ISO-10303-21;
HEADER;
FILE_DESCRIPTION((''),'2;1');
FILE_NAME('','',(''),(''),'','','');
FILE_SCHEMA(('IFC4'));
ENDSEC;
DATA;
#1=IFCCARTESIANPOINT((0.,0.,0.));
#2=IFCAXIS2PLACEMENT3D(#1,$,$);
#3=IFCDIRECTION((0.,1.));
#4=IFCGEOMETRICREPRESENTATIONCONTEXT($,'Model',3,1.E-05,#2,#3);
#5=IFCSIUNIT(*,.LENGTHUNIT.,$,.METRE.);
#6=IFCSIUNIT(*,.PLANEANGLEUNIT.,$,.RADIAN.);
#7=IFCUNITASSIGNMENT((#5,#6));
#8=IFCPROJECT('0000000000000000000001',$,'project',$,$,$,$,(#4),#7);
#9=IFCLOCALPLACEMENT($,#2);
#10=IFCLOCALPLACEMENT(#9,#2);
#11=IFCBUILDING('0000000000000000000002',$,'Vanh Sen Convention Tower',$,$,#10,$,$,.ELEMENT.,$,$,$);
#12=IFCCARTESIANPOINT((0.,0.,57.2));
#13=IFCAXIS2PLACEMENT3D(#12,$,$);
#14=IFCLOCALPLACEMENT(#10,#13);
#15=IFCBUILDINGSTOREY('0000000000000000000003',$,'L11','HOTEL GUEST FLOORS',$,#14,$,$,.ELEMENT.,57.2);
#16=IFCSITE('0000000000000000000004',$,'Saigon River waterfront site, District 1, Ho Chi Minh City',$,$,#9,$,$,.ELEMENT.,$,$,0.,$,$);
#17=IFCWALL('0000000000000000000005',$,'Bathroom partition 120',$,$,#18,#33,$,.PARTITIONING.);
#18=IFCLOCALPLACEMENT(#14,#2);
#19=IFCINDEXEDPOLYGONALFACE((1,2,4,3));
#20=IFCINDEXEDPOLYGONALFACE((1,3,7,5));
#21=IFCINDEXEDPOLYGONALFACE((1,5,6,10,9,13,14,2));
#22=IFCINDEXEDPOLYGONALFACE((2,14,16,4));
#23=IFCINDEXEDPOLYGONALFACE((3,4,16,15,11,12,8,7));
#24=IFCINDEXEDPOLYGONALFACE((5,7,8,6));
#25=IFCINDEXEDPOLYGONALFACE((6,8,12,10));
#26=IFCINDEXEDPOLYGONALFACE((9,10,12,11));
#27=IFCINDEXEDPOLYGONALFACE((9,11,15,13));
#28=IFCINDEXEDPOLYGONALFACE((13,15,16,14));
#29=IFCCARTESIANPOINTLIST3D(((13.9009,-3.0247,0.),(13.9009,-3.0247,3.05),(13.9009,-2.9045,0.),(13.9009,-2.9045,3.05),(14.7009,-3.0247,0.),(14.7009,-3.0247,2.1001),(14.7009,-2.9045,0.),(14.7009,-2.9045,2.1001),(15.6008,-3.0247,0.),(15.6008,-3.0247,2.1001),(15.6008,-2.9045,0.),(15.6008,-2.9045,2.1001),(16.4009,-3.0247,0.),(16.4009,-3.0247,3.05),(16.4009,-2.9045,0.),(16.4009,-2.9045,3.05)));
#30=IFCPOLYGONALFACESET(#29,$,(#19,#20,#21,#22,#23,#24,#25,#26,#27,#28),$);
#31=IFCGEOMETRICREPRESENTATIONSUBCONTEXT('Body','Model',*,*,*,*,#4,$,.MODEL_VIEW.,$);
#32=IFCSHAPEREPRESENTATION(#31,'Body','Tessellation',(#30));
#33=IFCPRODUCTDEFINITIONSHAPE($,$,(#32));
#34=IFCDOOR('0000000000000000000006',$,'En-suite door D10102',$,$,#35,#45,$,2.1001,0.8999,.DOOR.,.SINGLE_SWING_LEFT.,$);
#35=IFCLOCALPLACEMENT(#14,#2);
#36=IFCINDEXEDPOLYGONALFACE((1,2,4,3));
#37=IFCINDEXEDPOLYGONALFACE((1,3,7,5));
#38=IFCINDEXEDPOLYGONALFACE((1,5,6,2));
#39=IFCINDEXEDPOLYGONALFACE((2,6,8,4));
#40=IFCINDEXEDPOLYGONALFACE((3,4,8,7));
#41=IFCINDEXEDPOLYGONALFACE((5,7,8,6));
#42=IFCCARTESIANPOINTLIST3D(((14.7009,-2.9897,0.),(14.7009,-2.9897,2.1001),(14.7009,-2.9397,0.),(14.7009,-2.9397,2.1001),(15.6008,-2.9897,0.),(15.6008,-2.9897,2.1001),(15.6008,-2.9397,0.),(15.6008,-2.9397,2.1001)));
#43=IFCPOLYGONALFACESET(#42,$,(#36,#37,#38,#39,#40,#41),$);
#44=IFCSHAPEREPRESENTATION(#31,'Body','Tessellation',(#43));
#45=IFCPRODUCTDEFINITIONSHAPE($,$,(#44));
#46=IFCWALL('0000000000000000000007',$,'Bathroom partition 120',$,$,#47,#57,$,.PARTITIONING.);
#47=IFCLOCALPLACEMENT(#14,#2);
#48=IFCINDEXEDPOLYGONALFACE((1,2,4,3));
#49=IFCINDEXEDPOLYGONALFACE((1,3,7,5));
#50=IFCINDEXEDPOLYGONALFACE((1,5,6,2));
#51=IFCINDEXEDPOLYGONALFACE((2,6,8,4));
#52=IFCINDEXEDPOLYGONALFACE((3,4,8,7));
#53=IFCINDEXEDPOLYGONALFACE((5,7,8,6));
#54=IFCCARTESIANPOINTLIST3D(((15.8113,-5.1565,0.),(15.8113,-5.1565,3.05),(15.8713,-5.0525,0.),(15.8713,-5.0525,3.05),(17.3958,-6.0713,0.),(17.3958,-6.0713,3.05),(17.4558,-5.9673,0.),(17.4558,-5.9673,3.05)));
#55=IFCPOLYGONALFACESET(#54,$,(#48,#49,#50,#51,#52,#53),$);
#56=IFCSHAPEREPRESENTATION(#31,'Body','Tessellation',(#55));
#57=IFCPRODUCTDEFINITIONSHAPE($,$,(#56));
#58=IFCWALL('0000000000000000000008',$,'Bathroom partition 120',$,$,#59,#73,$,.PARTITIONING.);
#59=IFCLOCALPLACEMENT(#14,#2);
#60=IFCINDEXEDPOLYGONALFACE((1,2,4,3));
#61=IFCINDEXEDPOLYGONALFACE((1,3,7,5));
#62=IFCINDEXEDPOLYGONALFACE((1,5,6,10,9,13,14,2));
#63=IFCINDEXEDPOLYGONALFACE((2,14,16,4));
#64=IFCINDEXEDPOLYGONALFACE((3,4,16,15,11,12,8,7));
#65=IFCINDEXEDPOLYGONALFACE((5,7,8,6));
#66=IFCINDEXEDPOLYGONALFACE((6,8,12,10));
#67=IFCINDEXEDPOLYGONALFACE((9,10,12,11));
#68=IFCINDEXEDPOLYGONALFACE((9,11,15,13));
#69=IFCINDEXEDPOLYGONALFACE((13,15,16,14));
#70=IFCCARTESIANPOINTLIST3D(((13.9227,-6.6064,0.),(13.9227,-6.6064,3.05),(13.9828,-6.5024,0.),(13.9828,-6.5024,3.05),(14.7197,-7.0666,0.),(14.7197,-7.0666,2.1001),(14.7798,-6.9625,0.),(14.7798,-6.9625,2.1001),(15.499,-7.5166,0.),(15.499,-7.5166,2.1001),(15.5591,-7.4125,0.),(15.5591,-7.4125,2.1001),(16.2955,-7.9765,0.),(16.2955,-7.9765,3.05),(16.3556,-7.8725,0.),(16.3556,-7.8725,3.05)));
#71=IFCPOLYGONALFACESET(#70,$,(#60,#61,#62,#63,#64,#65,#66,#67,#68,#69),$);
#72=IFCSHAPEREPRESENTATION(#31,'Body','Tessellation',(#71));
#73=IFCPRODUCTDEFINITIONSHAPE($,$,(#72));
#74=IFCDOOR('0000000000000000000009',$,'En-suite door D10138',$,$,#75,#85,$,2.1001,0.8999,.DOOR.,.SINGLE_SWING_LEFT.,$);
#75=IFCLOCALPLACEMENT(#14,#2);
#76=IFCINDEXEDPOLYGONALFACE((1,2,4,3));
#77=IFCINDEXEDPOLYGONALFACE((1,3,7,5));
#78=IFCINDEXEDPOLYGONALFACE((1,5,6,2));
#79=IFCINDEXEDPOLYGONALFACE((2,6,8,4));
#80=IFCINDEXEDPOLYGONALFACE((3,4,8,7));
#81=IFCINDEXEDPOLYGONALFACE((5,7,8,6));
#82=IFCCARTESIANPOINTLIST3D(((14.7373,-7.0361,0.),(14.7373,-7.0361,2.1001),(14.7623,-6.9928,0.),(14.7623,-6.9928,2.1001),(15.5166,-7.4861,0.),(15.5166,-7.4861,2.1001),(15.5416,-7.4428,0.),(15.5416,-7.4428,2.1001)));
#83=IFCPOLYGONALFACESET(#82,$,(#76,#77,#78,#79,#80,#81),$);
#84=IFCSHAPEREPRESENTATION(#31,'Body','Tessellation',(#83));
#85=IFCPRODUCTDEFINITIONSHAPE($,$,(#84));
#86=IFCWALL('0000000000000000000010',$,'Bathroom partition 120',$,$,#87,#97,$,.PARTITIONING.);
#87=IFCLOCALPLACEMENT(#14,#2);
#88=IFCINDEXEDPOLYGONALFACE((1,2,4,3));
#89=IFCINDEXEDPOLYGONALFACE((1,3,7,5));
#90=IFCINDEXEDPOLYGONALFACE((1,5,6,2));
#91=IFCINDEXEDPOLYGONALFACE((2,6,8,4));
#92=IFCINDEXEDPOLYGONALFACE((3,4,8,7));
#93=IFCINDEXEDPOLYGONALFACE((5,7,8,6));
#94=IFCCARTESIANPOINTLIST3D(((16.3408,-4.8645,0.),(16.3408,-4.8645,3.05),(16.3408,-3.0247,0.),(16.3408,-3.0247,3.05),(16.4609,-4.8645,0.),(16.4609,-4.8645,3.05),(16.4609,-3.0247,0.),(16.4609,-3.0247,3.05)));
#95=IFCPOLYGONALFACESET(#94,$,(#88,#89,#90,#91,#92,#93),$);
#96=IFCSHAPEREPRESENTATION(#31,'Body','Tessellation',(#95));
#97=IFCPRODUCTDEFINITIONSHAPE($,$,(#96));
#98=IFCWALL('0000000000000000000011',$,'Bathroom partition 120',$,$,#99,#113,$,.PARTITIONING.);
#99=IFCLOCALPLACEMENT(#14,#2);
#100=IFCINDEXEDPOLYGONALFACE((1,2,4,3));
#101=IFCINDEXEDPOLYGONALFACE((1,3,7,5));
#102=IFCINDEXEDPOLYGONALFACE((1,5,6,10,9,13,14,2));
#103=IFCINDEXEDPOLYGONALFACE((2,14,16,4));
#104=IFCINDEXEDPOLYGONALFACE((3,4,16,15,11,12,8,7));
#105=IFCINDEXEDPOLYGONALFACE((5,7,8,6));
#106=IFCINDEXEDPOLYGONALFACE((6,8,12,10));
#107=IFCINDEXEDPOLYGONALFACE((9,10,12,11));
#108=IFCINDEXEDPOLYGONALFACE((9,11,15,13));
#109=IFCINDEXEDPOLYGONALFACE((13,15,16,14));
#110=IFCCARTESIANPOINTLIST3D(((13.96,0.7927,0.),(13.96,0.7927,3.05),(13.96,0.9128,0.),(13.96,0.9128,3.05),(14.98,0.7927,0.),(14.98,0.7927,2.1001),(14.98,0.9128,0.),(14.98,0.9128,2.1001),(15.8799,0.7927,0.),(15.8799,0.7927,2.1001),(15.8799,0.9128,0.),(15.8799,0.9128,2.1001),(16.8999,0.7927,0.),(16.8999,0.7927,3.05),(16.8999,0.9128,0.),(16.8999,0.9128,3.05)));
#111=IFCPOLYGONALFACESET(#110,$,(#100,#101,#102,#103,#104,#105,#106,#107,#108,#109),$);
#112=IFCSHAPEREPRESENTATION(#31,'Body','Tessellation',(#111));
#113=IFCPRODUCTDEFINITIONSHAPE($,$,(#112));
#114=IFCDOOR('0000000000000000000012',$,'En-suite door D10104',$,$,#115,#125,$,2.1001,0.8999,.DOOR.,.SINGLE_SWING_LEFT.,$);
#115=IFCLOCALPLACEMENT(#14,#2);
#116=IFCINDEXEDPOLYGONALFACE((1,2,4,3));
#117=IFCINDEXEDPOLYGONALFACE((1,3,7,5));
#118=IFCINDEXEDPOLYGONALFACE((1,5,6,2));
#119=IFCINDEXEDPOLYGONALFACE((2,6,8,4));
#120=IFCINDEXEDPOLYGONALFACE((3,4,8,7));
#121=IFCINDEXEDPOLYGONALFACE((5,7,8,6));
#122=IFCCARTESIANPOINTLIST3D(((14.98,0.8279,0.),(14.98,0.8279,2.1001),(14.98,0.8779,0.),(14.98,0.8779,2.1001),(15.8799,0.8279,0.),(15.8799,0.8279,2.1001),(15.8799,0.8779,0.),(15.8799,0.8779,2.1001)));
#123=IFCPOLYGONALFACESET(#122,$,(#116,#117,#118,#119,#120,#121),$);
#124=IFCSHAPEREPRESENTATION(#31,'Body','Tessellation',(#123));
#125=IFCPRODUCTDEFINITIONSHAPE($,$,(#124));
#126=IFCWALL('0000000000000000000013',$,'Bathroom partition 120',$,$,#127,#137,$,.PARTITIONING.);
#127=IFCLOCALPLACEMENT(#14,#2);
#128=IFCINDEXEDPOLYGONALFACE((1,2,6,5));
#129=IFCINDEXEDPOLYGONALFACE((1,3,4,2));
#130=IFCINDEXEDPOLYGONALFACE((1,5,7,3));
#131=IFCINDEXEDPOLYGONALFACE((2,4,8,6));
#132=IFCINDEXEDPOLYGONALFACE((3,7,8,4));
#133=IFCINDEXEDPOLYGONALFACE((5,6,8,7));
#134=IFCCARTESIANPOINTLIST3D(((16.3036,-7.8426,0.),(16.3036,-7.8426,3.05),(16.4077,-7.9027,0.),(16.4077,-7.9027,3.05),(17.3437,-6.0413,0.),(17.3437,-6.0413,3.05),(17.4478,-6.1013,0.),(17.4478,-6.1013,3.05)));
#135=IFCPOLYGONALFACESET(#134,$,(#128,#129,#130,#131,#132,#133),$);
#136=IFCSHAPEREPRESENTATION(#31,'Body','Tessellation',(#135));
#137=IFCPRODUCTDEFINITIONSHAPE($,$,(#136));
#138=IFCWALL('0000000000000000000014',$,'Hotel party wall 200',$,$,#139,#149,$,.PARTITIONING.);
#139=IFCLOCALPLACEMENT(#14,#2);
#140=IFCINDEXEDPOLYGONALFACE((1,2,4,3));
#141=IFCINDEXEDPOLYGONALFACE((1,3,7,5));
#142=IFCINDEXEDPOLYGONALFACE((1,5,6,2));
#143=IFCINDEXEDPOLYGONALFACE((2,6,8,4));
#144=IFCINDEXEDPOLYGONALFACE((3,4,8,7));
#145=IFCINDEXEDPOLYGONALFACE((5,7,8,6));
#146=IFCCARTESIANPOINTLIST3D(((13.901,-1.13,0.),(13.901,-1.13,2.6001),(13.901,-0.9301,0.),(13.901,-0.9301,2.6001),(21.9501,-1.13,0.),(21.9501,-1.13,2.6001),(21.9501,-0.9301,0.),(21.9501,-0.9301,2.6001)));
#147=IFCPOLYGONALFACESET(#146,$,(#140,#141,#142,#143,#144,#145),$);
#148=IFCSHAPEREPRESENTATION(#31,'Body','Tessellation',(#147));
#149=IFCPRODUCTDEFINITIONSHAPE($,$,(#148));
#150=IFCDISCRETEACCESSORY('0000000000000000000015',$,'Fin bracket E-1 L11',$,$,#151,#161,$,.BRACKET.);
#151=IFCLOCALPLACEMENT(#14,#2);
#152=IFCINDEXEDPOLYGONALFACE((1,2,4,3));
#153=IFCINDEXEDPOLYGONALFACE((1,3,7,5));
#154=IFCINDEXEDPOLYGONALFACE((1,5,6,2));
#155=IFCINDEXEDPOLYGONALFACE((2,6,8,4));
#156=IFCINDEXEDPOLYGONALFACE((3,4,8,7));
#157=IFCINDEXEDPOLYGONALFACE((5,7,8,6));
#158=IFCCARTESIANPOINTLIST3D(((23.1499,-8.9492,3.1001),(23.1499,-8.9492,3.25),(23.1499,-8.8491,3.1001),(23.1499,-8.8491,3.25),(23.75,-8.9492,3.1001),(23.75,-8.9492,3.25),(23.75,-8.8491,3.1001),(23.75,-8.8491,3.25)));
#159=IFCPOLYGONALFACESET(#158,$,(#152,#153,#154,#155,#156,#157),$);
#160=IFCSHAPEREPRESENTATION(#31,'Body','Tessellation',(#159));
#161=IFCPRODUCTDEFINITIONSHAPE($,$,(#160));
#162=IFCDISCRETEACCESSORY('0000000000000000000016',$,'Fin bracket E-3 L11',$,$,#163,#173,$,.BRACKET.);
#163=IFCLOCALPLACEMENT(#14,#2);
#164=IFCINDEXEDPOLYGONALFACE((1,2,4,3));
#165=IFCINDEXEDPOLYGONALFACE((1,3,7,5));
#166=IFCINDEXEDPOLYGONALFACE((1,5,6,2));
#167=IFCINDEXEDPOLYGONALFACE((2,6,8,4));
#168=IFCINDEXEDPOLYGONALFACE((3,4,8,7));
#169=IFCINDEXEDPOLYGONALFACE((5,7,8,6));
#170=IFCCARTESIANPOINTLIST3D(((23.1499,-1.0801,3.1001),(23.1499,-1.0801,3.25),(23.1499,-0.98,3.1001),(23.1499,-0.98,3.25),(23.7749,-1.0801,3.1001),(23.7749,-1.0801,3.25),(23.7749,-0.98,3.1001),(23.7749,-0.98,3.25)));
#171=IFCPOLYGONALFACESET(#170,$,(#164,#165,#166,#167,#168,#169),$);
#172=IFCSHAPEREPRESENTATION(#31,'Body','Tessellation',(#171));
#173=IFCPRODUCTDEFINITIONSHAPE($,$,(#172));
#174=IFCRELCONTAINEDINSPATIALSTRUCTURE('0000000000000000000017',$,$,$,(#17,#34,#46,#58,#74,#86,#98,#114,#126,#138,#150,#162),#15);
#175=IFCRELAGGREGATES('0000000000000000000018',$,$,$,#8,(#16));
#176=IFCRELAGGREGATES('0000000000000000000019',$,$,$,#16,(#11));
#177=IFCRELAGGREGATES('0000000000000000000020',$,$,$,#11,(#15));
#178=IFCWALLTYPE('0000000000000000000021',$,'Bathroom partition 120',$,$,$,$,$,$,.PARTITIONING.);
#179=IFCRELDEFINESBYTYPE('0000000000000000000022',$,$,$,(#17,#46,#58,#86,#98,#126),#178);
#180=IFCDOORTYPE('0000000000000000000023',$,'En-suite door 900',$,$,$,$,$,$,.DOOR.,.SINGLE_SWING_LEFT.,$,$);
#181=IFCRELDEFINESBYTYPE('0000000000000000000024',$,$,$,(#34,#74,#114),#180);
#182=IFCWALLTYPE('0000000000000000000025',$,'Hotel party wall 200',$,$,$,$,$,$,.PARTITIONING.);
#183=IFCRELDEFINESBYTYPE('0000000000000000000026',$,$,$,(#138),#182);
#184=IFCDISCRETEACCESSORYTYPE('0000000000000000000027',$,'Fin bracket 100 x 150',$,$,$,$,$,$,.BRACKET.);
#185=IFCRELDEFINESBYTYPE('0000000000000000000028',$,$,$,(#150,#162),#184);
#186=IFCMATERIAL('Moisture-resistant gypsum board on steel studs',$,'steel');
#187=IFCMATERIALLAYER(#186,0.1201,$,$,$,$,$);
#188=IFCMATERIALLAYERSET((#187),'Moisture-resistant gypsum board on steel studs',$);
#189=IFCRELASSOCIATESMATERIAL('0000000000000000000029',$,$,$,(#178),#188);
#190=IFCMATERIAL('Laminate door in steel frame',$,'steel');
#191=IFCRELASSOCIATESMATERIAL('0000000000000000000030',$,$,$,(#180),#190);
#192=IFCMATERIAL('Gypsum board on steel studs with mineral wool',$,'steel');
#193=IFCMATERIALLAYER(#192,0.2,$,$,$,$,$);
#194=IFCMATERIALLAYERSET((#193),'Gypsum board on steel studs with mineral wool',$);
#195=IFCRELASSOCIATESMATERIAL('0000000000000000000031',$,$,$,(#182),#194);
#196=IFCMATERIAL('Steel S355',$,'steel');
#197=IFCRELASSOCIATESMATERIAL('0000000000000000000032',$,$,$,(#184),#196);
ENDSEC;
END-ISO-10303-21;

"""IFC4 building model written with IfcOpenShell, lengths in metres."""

from ifc_helpers import new_model, si_unit, direction, frame, frame_2d, origin, origin_2d, place, context, subcontext, project, spatial, rectangle, extrude, material, layer, layer_set, type_object, element, fill, save


model = new_model("IFC4")

# Units and contexts
model_context = context("Model", 3, precision=1e-05, world=origin(), true_north=direction((0.0, 1.0)))
body_context = subcontext(model_context, "Body", "Model", "MODEL_VIEW")
ifc_project = project(units=[si_unit("LENGTHUNIT", "METRE"), si_unit("PLANEANGLEUNIT", "RADIAN")], contexts=[model_context])

# Site, building, storey
site_placement = place(None, origin())
site = spatial("IfcSite", under=ifc_project, at=site_placement, Name="Saigon River waterfront site, District 1, Ho Chi Minh City", CompositionType="ELEMENT", RefElevation=0.0)
building_placement = place(site_placement, origin())
building = spatial("IfcBuilding", under=site, at=building_placement, Name="Vanh Sen Convention Tower", CompositionType="ELEMENT")
storey_placement = place(building_placement, frame((0.0, 0.0, 57.2)))
storey = spatial("IfcBuildingStorey", under=building, at=storey_placement, Name="L11", Description="HOTEL GUEST FLOORS", CompositionType="ELEMENT", Elevation=57.2)

# Wall, opening, door
ifc_material_1 = material(Name="Moisture-resistant gypsum board on steel studs", Category="steel")
ifc_layer_1 = layer(ifc_material_1, 0.1201)
ifc_layer_set_1 = layer_set([ifc_layer_1], Name="Moisture-resistant gypsum board on steel studs")
wall_type_1 = type_object("IfcWallType", Name="Bathroom partition 120", PredefinedType="PARTITIONING", material=ifc_layer_set_1)
wall_1_placement = place(storey_placement, frame((13.9009, -2.9646, 0.0), z_axis=(0.0, 0.0, 1.0), x_axis=(1.0, 0.0, 0.0)))
wall_1 = element("IfcWall", 1, at=wall_1_placement, inside=storey, type_object=wall_type_1, Name="Bathroom partition 120", PredefinedType="PARTITIONING", context=body_context, shape_type="SweptSolid", body=[
    extrude(rectangle(XDim=2.5, YDim=0.1201, at=frame_2d((1.25, 0.0))), origin(), (0.0, 0.0, 1.0), 3.05),
])
opening_1_placement = place(wall_1_placement, frame((0.8, 0.0, 0.0)))
opening_1 = element("IfcOpeningElement", 2, at=opening_1_placement, cuts=wall_1, PredefinedType="OPENING", context=body_context, shape_type="SweptSolid", body=[
    extrude(rectangle(XDim=0.8999, YDim=2.1001, at=frame_2d((0.45, 1.05))), frame((0.0, 0.0701, 0.0), z_axis=(0.0, -1.0, 0.0), x_axis=(1.0, 0.0, 0.0)), (0.0, 0.0, 1.0), 0.1401),
])
ifc_material_2 = material(Name="Laminate door in steel frame", Category="steel")
door_type = type_object("IfcDoorType", Name="En-suite door 900", OperationType="SINGLE_SWING_LEFT", PredefinedType="DOOR", material=ifc_material_2)
door_1_placement = place(opening_1_placement, origin())
door_1 = element("IfcDoor", 3, at=door_1_placement, inside=storey, type_object=door_type, Name="En-suite door D10102", OperationType="SINGLE_SWING_LEFT", OverallHeight=2.1001, OverallWidth=0.8999, PredefinedType="DOOR", context=body_context, shape_type="SweptSolid", body=[
    extrude(rectangle(XDim=0.8999, YDim=2.1001, at=frame_2d((0.45, 1.05))), frame((0.0, 0.0249, 0.0), z_axis=(0.0, -1.0, 0.0), x_axis=(1.0, 0.0, 0.0)), (0.0, 0.0, 1.0), 0.05),
])
fill(opening_1, door_1)

# Wall
wall_2_placement = place(storey_placement, frame((15.8413, -5.1045, 0.0), z_axis=(0.0, 0.0, 1.0), x_axis=(0.866026, -0.5, 0.0)))
element("IfcWall", 4, at=wall_2_placement, inside=storey, type_object=wall_type_1, Name="Bathroom partition 120", PredefinedType="PARTITIONING", context=body_context, shape_type="SweptSolid", body=[
    extrude(rectangle(XDim=1.8296, YDim=0.1201, at=frame_2d((0.9148, 0.0))), origin(), (0.0, 0.0, 1.0), 3.05),
])

# Wall, opening, door
wall_3_placement = place(storey_placement, frame((16.3257, -7.9246, 0.0), z_axis=(0.0, 0.0, 1.0), x_axis=(-0.865997, 0.500049, 0.0)))
wall_3 = element("IfcWall", 5, at=wall_3_placement, inside=storey, type_object=wall_type_1, Name="Bathroom partition 120", PredefinedType="PARTITIONING", context=body_context, shape_type="SweptSolid", body=[
    extrude(rectangle(XDim=2.74, YDim=0.1201, at=frame_2d((1.3701, 0.0))), origin(), (0.0, 0.0, 1.0), 3.05),
])
opening_2_placement = place(wall_3_placement, frame((0.9199, 0.0, 0.0)))
opening_2 = element("IfcOpeningElement", 6, at=opening_2_placement, cuts=wall_3, PredefinedType="OPENING", context=body_context, shape_type="SweptSolid", body=[
    extrude(rectangle(XDim=0.8999, YDim=2.1001, at=frame_2d((0.45, 1.05))), frame((0.0, 0.0701, 0.0), z_axis=(0.0, -1.0, 0.0), x_axis=(1.0, 0.0, 0.0)), (0.0, 0.0, 1.0), 0.1401),
])
door_2_placement = place(opening_2_placement, origin())
door_2 = element("IfcDoor", 7, at=door_2_placement, inside=storey, type_object=door_type, Name="En-suite door D10138", OperationType="SINGLE_SWING_LEFT", OverallHeight=2.1001, OverallWidth=0.8999, PredefinedType="DOOR", context=body_context, shape_type="SweptSolid", body=[
    extrude(rectangle(XDim=0.8999, YDim=2.1001, at=frame_2d((0.45, 1.05))), frame((0.0, 0.0249, 0.0), z_axis=(0.0, -1.0, 0.0), x_axis=(1.0, 0.0, 0.0)), (0.0, 0.0, 1.0), 0.05),
])
fill(opening_2, door_2)

# Wall
wall_4_placement = place(storey_placement, frame((16.4009, -3.0247, 0.0), z_axis=(0.0, 0.0, 1.0), x_axis=(0.0, -1.0, 0.0)))
element("IfcWall", 8, at=wall_4_placement, inside=storey, type_object=wall_type_1, Name="Bathroom partition 120", PredefinedType="PARTITIONING", context=body_context, shape_type="SweptSolid", body=[
    extrude(rectangle(XDim=1.8398, YDim=0.1201, at=frame_2d((0.9199, 0.0))), origin(), (0.0, 0.0, 1.0), 3.05),
])

# Wall, opening, door
wall_5_placement = place(storey_placement, frame((16.8999, 0.8528, 0.0), z_axis=(0.0, 0.0, 1.0), x_axis=(-1.0, 0.0, 0.0)))
wall_5 = element("IfcWall", 9, at=wall_5_placement, inside=storey, type_object=wall_type_1, Name="Bathroom partition 120", PredefinedType="PARTITIONING", context=body_context, shape_type="SweptSolid", body=[
    extrude(rectangle(XDim=2.9399, YDim=0.1201, at=frame_2d((1.47, 0.0))), origin(), (0.0, 0.0, 1.0), 3.05),
])
opening_3_placement = place(wall_5_placement, frame((1.02, 0.0, 0.0)))
opening_3 = element("IfcOpeningElement", 10, at=opening_3_placement, cuts=wall_5, PredefinedType="OPENING", context=body_context, shape_type="SweptSolid", body=[
    extrude(rectangle(XDim=0.8999, YDim=2.1001, at=frame_2d((0.45, 1.05))), frame((0.0, 0.0701, 0.0), z_axis=(0.0, -1.0, 0.0), x_axis=(1.0, 0.0, 0.0)), (0.0, 0.0, 1.0), 0.1401),
])
door_3_placement = place(opening_3_placement, origin())
door_3 = element("IfcDoor", 11, at=door_3_placement, inside=storey, type_object=door_type, Name="En-suite door D10104", OperationType="SINGLE_SWING_LEFT", OverallHeight=2.1001, OverallWidth=0.8999, PredefinedType="DOOR", context=body_context, shape_type="SweptSolid", body=[
    extrude(rectangle(XDim=0.8999, YDim=2.1001, at=frame_2d((0.45, 1.05))), frame((0.0, 0.0249, 0.0), z_axis=(0.0, -1.0, 0.0), x_axis=(1.0, 0.0, 0.0)), (0.0, 0.0, 1.0), 0.05),
])
fill(opening_3, door_3)

# Walls
wall_6_placement = place(storey_placement, frame((17.3958, -6.0713, 0.0), z_axis=(0.0, 0.0, 1.0), x_axis=(-0.500027, -0.86601, 0.0)))
element("IfcWall", 12, at=wall_6_placement, inside=storey, type_object=wall_type_1, Name="Bathroom partition 120", PredefinedType="PARTITIONING", context=body_context, shape_type="SweptSolid", body=[
    extrude(rectangle(XDim=2.0801, YDim=0.1201, at=frame_2d((1.04, 0.0))), origin(), (0.0, 0.0, 1.0), 3.05),
])
ifc_material_3 = material(Name="Gypsum board on steel studs with mineral wool", Category="steel")
ifc_layer_2 = layer(ifc_material_3, 0.2)
ifc_layer_set_2 = layer_set([ifc_layer_2], Name="Gypsum board on steel studs with mineral wool")
wall_type_2 = type_object("IfcWallType", Name="Hotel party wall 200", PredefinedType="PARTITIONING", material=ifc_layer_set_2)
wall_7_placement = place(storey_placement, frame((21.95, -1.03, 0.0), z_axis=(0.0, 0.0, 1.0), x_axis=(-1.0, 0.0, 0.0)))
element("IfcWall", 13, at=wall_7_placement, inside=storey, type_object=wall_type_2, Name="Hotel party wall 200", PredefinedType="PARTITIONING", context=body_context, shape_type="SweptSolid", body=[
    extrude(rectangle(XDim=8.0491, YDim=0.2, at=frame_2d((4.0244, 0.0))), origin(), (0.0, 0.0, 1.0), 2.6001),
])

# Discrete accessories
ifc_material_4 = material(Name="Steel S355", Category="steel")
discrete_accessory_type = type_object("IfcDiscreteAccessoryType", Name="Fin bracket 100 x 150", PredefinedType="BRACKET", material=ifc_material_4)
discrete_accessory_1_placement = place(storey_placement, frame((23.45, -8.8992, 3.1001), z_axis=(0.0, 0.0, 1.0), x_axis=(1.0, 0.0, 0.0)))
element("IfcDiscreteAccessory", 14, at=discrete_accessory_1_placement, inside=storey, type_object=discrete_accessory_type, Name="Fin bracket E-1 L11", PredefinedType="BRACKET", context=body_context, shape_type="SweptSolid", body=[
    extrude(rectangle(XDim=0.6001, YDim=0.1001, at=origin_2d()), origin(), (0.0, 0.0, 1.0), 0.1499),
])
discrete_accessory_2_placement = place(storey_placement, frame((23.4624, -1.03, 3.1001), z_axis=(0.0, 0.0, 1.0), x_axis=(1.0, 0.0, 0.0)))
element("IfcDiscreteAccessory", 15, at=discrete_accessory_2_placement, inside=storey, type_object=discrete_accessory_type, Name="Fin bracket E-3 L11", PredefinedType="BRACKET", context=body_context, shape_type="SweptSolid", body=[
    extrude(rectangle(XDim=0.625, YDim=0.1001, at=origin_2d()), origin(), (0.0, 0.0, 1.0), 0.1499),
])

save(model, "model.ifc")
